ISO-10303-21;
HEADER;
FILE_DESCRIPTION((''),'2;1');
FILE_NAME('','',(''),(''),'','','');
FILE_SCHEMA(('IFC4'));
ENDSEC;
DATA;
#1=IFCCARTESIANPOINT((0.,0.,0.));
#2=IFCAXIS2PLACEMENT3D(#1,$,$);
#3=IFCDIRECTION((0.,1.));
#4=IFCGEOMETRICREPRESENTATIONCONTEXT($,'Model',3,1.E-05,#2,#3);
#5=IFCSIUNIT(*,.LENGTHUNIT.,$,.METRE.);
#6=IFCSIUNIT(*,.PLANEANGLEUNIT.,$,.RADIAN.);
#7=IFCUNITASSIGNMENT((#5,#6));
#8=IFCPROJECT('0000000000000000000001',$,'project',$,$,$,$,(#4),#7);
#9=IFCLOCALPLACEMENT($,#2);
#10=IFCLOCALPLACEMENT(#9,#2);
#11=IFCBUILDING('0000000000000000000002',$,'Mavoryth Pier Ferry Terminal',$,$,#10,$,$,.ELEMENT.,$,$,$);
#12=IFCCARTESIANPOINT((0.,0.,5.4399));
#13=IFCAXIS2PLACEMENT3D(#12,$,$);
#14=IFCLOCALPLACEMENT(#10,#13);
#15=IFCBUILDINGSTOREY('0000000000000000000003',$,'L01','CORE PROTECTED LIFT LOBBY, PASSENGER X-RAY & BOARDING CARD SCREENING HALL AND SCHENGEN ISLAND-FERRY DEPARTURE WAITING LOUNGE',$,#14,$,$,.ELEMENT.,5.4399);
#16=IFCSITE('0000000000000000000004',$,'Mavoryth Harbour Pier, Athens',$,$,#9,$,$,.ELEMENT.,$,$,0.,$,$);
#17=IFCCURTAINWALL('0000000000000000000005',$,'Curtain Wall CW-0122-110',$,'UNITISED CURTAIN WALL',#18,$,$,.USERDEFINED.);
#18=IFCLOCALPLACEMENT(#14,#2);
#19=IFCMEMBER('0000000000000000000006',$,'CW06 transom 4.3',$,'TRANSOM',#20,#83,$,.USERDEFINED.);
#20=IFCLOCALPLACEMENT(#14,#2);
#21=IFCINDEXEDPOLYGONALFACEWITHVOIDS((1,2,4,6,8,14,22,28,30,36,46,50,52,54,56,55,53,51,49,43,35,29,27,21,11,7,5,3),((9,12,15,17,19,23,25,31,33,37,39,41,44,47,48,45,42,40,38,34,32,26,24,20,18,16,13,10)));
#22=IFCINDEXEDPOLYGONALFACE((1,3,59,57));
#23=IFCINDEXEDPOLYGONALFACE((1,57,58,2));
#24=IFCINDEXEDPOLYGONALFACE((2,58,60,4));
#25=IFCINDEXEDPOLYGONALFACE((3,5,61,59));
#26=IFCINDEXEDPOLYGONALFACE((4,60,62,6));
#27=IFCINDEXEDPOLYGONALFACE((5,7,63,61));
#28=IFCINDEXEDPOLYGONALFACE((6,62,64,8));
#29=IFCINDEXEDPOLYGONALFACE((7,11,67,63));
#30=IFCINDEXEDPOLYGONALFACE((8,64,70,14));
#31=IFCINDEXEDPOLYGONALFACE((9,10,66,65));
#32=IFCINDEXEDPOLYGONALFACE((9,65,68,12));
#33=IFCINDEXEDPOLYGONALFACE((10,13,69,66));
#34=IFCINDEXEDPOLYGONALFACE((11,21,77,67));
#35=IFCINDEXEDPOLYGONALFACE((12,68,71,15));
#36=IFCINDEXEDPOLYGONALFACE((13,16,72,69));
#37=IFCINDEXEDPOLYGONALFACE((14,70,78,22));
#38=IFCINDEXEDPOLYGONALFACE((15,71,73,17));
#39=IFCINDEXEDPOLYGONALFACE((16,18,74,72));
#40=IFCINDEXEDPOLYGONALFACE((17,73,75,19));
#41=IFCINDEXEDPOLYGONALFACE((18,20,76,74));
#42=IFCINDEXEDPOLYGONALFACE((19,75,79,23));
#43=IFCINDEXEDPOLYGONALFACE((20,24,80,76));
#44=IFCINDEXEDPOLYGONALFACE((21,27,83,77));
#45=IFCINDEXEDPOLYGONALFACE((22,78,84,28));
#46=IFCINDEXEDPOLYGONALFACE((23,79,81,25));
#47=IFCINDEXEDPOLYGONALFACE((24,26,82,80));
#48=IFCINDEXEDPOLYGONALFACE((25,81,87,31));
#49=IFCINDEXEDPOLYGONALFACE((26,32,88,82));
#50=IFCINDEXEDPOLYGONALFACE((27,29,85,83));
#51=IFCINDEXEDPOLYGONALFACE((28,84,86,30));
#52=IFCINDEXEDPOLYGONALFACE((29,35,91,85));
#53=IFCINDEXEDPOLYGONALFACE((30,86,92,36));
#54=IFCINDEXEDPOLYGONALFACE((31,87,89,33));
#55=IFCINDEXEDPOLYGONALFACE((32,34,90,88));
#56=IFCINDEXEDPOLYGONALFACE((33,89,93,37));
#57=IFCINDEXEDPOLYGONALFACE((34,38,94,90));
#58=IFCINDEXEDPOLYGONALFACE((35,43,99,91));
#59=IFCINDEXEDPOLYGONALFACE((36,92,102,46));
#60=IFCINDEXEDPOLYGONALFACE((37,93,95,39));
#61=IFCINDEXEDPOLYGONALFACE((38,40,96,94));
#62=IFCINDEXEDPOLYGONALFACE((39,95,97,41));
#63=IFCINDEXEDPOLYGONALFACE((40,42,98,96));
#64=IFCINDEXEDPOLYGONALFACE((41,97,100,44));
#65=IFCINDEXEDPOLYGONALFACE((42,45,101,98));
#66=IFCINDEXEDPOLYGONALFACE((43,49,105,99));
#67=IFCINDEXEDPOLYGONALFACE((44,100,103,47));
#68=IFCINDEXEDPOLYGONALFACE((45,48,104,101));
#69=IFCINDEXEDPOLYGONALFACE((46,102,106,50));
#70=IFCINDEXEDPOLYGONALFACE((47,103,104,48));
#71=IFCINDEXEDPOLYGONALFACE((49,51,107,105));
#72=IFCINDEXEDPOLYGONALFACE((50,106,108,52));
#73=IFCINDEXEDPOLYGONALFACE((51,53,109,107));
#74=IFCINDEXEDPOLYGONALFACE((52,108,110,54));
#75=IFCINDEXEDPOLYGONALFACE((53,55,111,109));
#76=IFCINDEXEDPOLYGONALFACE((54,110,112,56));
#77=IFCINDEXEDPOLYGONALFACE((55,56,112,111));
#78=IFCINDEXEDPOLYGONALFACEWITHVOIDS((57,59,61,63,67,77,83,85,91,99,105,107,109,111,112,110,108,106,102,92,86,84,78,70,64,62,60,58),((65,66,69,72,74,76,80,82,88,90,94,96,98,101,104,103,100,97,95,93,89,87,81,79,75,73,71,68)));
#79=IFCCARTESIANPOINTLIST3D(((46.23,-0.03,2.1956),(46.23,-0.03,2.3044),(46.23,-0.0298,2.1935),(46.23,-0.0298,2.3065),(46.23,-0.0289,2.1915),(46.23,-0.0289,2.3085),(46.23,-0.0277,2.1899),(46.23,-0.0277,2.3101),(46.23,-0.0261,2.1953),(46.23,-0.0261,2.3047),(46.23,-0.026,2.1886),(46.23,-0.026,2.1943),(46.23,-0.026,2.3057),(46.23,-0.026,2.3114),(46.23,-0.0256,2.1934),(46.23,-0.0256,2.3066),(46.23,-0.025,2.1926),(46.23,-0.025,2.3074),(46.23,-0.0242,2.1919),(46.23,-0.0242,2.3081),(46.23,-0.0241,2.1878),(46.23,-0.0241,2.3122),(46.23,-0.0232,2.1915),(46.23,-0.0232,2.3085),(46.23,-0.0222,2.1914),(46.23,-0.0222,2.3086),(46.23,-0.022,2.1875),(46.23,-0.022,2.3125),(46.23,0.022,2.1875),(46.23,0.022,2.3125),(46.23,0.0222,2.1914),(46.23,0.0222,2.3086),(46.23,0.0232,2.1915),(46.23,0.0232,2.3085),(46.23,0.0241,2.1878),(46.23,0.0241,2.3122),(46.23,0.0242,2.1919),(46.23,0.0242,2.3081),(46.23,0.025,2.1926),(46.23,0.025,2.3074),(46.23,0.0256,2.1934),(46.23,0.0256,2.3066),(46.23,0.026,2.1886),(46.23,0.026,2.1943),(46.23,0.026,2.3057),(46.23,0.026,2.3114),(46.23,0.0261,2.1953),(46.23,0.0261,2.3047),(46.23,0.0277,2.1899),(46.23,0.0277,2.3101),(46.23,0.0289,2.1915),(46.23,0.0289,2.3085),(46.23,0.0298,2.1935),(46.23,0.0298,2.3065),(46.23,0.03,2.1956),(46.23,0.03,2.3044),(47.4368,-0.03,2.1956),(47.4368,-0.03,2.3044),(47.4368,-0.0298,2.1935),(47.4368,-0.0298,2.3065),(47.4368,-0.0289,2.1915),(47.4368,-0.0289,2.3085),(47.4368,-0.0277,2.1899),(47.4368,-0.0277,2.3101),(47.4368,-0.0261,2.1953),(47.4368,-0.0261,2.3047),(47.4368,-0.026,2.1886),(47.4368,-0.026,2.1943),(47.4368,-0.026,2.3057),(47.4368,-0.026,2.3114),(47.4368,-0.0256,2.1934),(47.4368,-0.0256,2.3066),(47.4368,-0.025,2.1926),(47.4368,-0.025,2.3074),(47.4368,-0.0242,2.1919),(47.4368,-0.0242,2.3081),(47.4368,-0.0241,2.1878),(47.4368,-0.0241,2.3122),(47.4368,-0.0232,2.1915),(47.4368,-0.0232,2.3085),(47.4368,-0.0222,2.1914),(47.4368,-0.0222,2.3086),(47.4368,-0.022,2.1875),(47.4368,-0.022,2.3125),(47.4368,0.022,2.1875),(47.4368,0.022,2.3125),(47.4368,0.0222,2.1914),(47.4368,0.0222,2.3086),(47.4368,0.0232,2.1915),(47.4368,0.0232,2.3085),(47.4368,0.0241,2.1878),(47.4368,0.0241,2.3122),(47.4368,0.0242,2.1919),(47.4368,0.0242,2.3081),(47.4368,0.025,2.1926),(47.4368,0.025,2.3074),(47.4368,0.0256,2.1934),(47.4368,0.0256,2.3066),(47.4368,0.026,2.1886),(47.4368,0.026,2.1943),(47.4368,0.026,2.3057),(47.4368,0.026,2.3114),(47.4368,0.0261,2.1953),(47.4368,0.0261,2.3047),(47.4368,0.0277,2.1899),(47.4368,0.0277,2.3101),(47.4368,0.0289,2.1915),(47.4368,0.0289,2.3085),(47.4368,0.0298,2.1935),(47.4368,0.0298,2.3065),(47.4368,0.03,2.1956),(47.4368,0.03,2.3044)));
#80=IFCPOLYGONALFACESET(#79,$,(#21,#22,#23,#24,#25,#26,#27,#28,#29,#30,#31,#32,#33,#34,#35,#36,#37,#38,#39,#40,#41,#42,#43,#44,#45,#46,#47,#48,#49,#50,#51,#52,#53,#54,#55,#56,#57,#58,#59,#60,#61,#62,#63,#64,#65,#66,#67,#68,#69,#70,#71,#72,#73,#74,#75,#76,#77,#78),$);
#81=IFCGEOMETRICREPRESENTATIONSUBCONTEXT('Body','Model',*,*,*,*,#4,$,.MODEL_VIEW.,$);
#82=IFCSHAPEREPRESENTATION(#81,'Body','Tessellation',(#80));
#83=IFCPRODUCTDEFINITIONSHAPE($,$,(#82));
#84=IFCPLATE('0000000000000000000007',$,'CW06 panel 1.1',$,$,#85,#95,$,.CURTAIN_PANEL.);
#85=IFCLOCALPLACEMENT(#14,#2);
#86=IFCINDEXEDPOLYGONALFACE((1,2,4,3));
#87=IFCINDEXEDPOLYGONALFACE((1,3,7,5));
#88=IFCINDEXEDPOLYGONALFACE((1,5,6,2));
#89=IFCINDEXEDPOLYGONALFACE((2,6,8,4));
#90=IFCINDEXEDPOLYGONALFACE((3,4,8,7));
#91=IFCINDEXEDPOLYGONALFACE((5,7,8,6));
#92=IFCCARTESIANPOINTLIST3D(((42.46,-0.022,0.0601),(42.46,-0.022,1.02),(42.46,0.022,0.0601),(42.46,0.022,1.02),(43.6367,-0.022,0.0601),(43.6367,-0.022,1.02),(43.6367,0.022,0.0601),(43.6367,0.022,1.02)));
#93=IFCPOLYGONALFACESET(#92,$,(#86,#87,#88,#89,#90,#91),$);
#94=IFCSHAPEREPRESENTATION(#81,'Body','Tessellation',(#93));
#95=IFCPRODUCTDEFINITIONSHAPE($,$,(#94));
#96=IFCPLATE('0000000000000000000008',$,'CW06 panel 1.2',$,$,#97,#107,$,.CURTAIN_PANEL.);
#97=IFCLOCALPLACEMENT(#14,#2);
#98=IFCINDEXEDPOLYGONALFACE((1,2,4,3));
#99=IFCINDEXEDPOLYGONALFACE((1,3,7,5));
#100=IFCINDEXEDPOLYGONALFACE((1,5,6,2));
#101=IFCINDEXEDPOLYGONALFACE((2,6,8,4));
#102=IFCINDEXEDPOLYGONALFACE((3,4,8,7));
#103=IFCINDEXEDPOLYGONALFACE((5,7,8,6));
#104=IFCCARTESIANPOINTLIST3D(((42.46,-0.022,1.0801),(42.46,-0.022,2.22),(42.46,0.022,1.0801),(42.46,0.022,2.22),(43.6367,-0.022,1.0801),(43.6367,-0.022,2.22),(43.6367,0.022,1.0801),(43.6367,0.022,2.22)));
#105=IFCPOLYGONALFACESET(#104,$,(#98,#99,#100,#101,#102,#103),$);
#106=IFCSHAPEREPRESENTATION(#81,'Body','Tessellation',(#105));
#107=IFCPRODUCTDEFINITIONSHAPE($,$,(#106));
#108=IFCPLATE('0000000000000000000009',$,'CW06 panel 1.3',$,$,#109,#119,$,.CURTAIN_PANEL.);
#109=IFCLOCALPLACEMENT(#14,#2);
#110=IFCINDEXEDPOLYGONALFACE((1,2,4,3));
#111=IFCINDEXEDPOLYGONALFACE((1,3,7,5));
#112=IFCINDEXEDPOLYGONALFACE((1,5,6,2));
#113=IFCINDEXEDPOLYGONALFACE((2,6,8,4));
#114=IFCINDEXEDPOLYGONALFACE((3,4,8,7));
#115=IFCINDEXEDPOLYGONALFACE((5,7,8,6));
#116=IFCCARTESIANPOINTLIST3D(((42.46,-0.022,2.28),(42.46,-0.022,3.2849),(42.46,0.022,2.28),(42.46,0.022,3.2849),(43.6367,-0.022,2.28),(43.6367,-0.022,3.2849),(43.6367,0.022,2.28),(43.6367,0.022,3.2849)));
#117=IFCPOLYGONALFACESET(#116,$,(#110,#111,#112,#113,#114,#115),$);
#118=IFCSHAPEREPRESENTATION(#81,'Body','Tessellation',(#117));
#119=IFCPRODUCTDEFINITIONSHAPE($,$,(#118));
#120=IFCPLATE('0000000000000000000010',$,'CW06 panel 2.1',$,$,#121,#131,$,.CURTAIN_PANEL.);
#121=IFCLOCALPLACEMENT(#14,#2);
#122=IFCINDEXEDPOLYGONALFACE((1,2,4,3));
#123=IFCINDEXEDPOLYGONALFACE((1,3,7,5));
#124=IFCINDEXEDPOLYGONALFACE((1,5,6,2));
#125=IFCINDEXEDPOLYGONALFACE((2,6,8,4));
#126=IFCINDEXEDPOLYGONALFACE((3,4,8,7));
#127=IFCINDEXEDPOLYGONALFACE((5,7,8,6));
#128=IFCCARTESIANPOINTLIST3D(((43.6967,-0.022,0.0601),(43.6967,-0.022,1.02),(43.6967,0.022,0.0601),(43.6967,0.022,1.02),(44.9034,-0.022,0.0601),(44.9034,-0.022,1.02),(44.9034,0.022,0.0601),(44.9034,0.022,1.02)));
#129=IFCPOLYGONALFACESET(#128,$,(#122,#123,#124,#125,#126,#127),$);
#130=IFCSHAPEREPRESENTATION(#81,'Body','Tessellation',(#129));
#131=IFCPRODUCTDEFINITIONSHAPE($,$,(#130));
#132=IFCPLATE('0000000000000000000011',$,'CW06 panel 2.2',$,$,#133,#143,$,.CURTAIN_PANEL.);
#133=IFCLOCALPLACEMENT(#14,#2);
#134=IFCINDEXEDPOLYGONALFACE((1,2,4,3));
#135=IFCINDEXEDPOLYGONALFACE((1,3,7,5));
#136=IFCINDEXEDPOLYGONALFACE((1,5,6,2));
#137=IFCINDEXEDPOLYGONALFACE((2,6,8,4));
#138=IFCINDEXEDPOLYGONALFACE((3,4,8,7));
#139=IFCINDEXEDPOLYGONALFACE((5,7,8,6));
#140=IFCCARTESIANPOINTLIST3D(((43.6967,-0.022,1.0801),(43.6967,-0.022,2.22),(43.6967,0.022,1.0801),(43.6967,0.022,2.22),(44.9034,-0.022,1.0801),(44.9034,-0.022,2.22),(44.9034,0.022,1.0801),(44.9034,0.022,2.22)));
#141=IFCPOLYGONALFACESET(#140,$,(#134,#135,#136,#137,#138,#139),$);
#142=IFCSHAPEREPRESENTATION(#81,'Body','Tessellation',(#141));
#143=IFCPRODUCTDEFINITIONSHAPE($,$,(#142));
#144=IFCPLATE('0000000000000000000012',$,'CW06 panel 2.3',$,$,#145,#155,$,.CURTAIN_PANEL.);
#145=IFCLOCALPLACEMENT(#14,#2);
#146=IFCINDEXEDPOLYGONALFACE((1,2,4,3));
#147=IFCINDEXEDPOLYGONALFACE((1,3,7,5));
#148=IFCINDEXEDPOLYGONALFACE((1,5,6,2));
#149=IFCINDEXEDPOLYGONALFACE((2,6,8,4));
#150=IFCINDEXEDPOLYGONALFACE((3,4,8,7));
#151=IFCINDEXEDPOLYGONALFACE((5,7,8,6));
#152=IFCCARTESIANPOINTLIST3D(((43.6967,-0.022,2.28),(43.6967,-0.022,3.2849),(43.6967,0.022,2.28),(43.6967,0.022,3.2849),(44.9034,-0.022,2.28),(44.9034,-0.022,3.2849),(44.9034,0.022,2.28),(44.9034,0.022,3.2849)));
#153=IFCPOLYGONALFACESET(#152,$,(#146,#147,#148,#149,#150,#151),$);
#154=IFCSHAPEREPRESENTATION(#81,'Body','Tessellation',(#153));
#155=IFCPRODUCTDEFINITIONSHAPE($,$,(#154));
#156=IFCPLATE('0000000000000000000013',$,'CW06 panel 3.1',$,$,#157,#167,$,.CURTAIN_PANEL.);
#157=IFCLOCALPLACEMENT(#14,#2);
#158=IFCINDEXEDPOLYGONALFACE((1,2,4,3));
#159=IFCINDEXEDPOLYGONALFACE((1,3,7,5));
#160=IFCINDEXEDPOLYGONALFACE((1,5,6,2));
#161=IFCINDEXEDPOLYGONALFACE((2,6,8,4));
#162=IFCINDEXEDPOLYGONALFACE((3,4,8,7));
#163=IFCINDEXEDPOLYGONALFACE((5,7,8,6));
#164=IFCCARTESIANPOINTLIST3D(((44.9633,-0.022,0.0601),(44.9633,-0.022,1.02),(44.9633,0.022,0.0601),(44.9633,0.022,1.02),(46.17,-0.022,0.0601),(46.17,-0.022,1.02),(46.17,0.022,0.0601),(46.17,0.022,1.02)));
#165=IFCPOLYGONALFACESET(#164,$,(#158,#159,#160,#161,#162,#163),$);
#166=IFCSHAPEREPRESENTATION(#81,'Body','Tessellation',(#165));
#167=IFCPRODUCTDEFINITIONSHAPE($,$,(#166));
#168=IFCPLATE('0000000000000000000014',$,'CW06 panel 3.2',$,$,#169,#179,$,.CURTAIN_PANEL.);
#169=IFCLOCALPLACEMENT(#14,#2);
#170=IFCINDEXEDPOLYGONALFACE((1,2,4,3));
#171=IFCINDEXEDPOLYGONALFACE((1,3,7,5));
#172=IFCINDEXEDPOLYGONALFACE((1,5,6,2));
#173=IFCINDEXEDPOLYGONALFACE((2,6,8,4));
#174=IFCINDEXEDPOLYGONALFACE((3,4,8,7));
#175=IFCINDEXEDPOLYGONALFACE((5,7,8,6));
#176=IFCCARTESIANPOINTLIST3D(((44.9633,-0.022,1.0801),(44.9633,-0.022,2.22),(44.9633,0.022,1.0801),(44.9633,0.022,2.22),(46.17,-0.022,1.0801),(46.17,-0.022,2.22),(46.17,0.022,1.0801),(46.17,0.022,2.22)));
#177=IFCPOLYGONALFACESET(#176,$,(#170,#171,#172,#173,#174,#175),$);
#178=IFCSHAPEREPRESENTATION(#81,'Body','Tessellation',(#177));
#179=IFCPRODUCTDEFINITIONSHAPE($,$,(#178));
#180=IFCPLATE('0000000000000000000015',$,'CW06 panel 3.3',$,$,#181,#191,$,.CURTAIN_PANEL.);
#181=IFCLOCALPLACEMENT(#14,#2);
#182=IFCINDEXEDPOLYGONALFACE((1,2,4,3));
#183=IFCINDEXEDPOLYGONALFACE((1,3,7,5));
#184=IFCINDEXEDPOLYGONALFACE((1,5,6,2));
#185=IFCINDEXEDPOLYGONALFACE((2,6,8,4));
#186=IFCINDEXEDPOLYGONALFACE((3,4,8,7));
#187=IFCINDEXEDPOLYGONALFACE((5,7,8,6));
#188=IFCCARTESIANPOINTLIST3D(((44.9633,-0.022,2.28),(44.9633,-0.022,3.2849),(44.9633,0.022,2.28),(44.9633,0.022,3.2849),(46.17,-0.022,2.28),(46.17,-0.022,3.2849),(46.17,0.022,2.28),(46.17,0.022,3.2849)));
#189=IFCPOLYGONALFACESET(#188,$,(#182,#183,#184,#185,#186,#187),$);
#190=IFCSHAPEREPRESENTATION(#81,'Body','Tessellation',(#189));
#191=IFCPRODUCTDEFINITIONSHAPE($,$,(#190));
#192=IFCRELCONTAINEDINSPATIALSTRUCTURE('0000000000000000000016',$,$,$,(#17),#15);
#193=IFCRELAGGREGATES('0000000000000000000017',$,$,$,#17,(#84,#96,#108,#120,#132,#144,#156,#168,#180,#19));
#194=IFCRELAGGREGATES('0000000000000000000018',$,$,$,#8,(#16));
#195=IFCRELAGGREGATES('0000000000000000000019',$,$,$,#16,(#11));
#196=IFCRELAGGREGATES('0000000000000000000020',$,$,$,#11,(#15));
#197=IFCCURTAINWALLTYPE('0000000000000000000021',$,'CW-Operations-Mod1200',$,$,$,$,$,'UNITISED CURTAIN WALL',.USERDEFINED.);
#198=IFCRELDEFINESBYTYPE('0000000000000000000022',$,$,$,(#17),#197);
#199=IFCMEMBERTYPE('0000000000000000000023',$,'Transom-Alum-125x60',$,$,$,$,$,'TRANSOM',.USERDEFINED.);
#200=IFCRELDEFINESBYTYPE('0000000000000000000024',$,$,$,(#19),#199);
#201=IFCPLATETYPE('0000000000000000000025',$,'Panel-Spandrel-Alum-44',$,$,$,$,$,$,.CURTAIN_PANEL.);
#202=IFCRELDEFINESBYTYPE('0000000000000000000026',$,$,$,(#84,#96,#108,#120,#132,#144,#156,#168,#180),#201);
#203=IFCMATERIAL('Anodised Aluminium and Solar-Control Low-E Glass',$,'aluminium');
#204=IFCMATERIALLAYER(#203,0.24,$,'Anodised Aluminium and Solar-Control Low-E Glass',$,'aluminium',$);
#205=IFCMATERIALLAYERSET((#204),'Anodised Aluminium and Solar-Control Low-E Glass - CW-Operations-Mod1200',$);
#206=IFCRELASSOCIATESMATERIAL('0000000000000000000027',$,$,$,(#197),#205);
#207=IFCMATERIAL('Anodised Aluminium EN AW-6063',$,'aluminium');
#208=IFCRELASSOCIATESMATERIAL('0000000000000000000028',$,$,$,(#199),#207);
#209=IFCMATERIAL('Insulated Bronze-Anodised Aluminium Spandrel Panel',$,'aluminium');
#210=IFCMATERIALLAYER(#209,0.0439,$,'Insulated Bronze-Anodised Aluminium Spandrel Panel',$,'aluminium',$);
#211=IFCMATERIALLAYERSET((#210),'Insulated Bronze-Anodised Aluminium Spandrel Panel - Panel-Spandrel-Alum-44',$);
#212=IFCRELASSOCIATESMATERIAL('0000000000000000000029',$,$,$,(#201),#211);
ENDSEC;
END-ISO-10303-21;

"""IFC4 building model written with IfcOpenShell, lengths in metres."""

from ifc_helpers import new_model, si_unit, direction, frame, origin, origin_2d, place, context, subcontext, project, spatial, rectangle, hollow_rectangle, extrude, material, layer, layer_set, material_profile, profile_set, type_object, element, aggregate, save


model = new_model("IFC4")

# Units and contexts
model_context = context("Model", 3, precision=1e-05, world=origin(), true_north=direction((0.0, 1.0)))
body_context = subcontext(model_context, "Body", "Model", "MODEL_VIEW")
ifc_project = project(units=[si_unit("LENGTHUNIT", "METRE"), si_unit("PLANEANGLEUNIT", "RADIAN")], contexts=[model_context])

# Site, building, storey
site_placement = place(None, origin())
site = spatial("IfcSite", under=ifc_project, at=site_placement, Name="Mavoryth Harbour Pier, Athens", CompositionType="ELEMENT", RefElevation=0.0)
building_placement = place(site_placement, origin())
building = spatial("IfcBuilding", under=site, at=building_placement, Name="Mavoryth Pier Ferry Terminal", CompositionType="ELEMENT")
storey_placement = place(building_placement, frame((0.0, 0.0, 5.4399)))
storey = spatial("IfcBuildingStorey", under=building, at=storey_placement, Name="L01", Description="CORE PROTECTED LIFT LOBBY, PASSENGER X-RAY & BOARDING CARD SCREENING HALL AND SCHENGEN ISLAND-FERRY DEPARTURE WAITING LOUNGE", CompositionType="ELEMENT", Elevation=5.4399)

# Curtain wall
ifc_material_1 = material(Name="Anodised Aluminium and Solar-Control Low-E Glass", Category="aluminium")
ifc_layer_1 = layer(ifc_material_1, 0.24, Name="Anodised Aluminium and Solar-Control Low-E Glass", Category="aluminium")
ifc_layer_set_1 = layer_set([ifc_layer_1], Name="Anodised Aluminium and Solar-Control Low-E Glass - CW-Operations-Mod1200")
curtain_wall_type = type_object("IfcCurtainWallType", Name="CW-Operations-Mod1200", ElementType="UNITISED CURTAIN WALL", PredefinedType="USERDEFINED", material=ifc_layer_set_1)
curtain_wall_placement = place(storey_placement, origin())
curtain_wall = element("IfcCurtainWall", 1, at=curtain_wall_placement, inside=storey, type_object=curtain_wall_type, Name="Curtain Wall CW-0122-110", ObjectType="UNITISED CURTAIN WALL", PredefinedType="USERDEFINED")
ifc_material_2 = material(Name="Anodised Aluminium EN AW-6063", Category="aluminium")

# Member
ifc_material_profile_1 = material_profile(ifc_material_2, hollow_rectangle(XDim=0.0601, YDim=0.125, WallThickness=0.0039, InnerFilletRadius=0.0039, OuterFilletRadius=0.0081, at=origin_2d()), Name="AL-TRAN 125x60x4", Category="aluminium")
ifc_profile_set_1 = profile_set([ifc_material_profile_1], Name="Anodised Aluminium EN AW-6063 - AL-TRAN 125x60x4")
member_type_1 = type_object("IfcMemberType", Name="Transom-Alum-125x60", ElementType="TRANSOM", PredefinedType="USERDEFINED", material=ifc_profile_set_1)
member_1_placement = place(storey_placement, frame((46.23, 0.0, 2.25), z_axis=(1.0, 0.0, 0.0), x_axis=(0.0, 1.0, 0.0)))
member_1 = element("IfcMember", 2, at=member_1_placement, type_object=member_type_1, Name="CW06 transom 4.3", ObjectType="TRANSOM", PredefinedType="USERDEFINED", context=body_context, shape_type="SweptSolid", body=[
    extrude(hollow_rectangle(XDim=0.0601, YDim=0.125, WallThickness=0.0039, InnerFilletRadius=0.0039, OuterFilletRadius=0.0081, at=origin_2d()), origin(), (0.0, 0.0, 1.0), 1.2068),
])

# Plates
ifc_material_3 = material(Name="Insulated Bronze-Anodised Aluminium Spandrel Panel", Category="aluminium")
ifc_layer_2 = layer(ifc_material_3, 0.0439, Name="Insulated Bronze-Anodised Aluminium Spandrel Panel", Category="aluminium")
ifc_layer_set_2 = layer_set([ifc_layer_2], Name="Insulated Bronze-Anodised Aluminium Spandrel Panel - Panel-Spandrel-Alum-44")
plate_type = type_object("IfcPlateType", Name="Panel-Spandrel-Alum-44", PredefinedType="CURTAIN_PANEL", material=ifc_layer_set_2)
plate_1_placement = place(storey_placement, frame((43.0483, 0.0, 0.0601), z_axis=(0.0, 0.0, 1.0), x_axis=(1.0, 0.0, 0.0)))
plate_1 = element("IfcPlate", 3, at=plate_1_placement, type_object=plate_type, Name="CW06 panel 1.1", PredefinedType="CURTAIN_PANEL", context=body_context, shape_type="SweptSolid", body=[
    extrude(rectangle(XDim=1.1768, YDim=0.0439, at=origin_2d()), origin(), (0.0, 0.0, 1.0), 0.96),
])
plate_2_placement = place(storey_placement, frame((43.0483, 0.0, 1.0801), z_axis=(0.0, 0.0, 1.0), x_axis=(1.0, 0.0, 0.0)))
plate_2 = element("IfcPlate", 4, at=plate_2_placement, type_object=plate_type, Name="CW06 panel 1.2", PredefinedType="CURTAIN_PANEL", context=body_context, shape_type="SweptSolid", body=[
    extrude(rectangle(XDim=1.1768, YDim=0.0439, at=origin_2d()), origin(), (0.0, 0.0, 1.0), 1.1399),
])
plate_3_placement = place(storey_placement, frame((43.0483, 0.0, 2.28), z_axis=(0.0, 0.0, 1.0), x_axis=(1.0, 0.0, 0.0)))
plate_3 = element("IfcPlate", 5, at=plate_3_placement, type_object=plate_type, Name="CW06 panel 1.3", PredefinedType="CURTAIN_PANEL", context=body_context, shape_type="SweptSolid", body=[
    extrude(rectangle(XDim=1.1768, YDim=0.0439, at=origin_2d()), origin(), (0.0, 0.0, 1.0), 1.0049),
])
plate_4_placement = place(storey_placement, frame((44.3, 0.0, 0.0601), z_axis=(0.0, 0.0, 1.0), x_axis=(1.0, 0.0, 0.0)))
plate_4 = element("IfcPlate", 6, at=plate_4_placement, type_object=plate_type, Name="CW06 panel 2.1", PredefinedType="CURTAIN_PANEL", context=body_context, shape_type="SweptSolid", body=[
    extrude(rectangle(XDim=1.2068, YDim=0.0439, at=origin_2d()), origin(), (0.0, 0.0, 1.0), 0.96),
])
plate_5_placement = place(storey_placement, frame((44.3, 0.0, 1.0801), z_axis=(0.0, 0.0, 1.0), x_axis=(1.0, 0.0, 0.0)))
plate_5 = element("IfcPlate", 7, at=plate_5_placement, type_object=plate_type, Name="CW06 panel 2.2", PredefinedType="CURTAIN_PANEL", context=body_context, shape_type="SweptSolid", body=[
    extrude(rectangle(XDim=1.2068, YDim=0.0439, at=origin_2d()), origin(), (0.0, 0.0, 1.0), 1.1399),
])
plate_6_placement = place(storey_placement, frame((44.3, 0.0, 2.28), z_axis=(0.0, 0.0, 1.0), x_axis=(1.0, 0.0, 0.0)))
plate_6 = element("IfcPlate", 8, at=plate_6_placement, type_object=plate_type, Name="CW06 panel 2.3", PredefinedType="CURTAIN_PANEL", context=body_context, shape_type="SweptSolid", body=[
    extrude(rectangle(XDim=1.2068, YDim=0.0439, at=origin_2d()), origin(), (0.0, 0.0, 1.0), 1.0049),
])
plate_7_placement = place(storey_placement, frame((45.5667, 0.0, 0.0601), z_axis=(0.0, 0.0, 1.0), x_axis=(1.0, 0.0, 0.0)))
plate_7 = element("IfcPlate", 9, at=plate_7_placement, type_object=plate_type, Name="CW06 panel 3.1", PredefinedType="CURTAIN_PANEL", context=body_context, shape_type="SweptSolid", body=[
    extrude(rectangle(XDim=1.2068, YDim=0.0439, at=origin_2d()), origin(), (0.0, 0.0, 1.0), 0.96),
])
plate_8_placement = place(storey_placement, frame((45.5667, 0.0, 1.0801), z_axis=(0.0, 0.0, 1.0), x_axis=(1.0, 0.0, 0.0)))
plate_8 = element("IfcPlate", 10, at=plate_8_placement, type_object=plate_type, Name="CW06 panel 3.2", PredefinedType="CURTAIN_PANEL", context=body_context, shape_type="SweptSolid", body=[
    extrude(rectangle(XDim=1.2068, YDim=0.0439, at=origin_2d()), origin(), (0.0, 0.0, 1.0), 1.1399),
])
plate_9_placement = place(storey_placement, frame((45.5667, 0.0, 2.28), z_axis=(0.0, 0.0, 1.0), x_axis=(1.0, 0.0, 0.0)))
plate_9 = element("IfcPlate", 11, at=plate_9_placement, type_object=plate_type, Name="CW06 panel 3.3", PredefinedType="CURTAIN_PANEL", context=body_context, shape_type="SweptSolid", body=[
    extrude(rectangle(XDim=1.2068, YDim=0.0439, at=origin_2d()), origin(), (0.0, 0.0, 1.0), 1.0049),
])
aggregate(curtain_wall, [plate_1, plate_2, plate_3, plate_4, plate_5, plate_6, plate_7, plate_8, plate_9, member_1])

save(model, "model.ifc")
